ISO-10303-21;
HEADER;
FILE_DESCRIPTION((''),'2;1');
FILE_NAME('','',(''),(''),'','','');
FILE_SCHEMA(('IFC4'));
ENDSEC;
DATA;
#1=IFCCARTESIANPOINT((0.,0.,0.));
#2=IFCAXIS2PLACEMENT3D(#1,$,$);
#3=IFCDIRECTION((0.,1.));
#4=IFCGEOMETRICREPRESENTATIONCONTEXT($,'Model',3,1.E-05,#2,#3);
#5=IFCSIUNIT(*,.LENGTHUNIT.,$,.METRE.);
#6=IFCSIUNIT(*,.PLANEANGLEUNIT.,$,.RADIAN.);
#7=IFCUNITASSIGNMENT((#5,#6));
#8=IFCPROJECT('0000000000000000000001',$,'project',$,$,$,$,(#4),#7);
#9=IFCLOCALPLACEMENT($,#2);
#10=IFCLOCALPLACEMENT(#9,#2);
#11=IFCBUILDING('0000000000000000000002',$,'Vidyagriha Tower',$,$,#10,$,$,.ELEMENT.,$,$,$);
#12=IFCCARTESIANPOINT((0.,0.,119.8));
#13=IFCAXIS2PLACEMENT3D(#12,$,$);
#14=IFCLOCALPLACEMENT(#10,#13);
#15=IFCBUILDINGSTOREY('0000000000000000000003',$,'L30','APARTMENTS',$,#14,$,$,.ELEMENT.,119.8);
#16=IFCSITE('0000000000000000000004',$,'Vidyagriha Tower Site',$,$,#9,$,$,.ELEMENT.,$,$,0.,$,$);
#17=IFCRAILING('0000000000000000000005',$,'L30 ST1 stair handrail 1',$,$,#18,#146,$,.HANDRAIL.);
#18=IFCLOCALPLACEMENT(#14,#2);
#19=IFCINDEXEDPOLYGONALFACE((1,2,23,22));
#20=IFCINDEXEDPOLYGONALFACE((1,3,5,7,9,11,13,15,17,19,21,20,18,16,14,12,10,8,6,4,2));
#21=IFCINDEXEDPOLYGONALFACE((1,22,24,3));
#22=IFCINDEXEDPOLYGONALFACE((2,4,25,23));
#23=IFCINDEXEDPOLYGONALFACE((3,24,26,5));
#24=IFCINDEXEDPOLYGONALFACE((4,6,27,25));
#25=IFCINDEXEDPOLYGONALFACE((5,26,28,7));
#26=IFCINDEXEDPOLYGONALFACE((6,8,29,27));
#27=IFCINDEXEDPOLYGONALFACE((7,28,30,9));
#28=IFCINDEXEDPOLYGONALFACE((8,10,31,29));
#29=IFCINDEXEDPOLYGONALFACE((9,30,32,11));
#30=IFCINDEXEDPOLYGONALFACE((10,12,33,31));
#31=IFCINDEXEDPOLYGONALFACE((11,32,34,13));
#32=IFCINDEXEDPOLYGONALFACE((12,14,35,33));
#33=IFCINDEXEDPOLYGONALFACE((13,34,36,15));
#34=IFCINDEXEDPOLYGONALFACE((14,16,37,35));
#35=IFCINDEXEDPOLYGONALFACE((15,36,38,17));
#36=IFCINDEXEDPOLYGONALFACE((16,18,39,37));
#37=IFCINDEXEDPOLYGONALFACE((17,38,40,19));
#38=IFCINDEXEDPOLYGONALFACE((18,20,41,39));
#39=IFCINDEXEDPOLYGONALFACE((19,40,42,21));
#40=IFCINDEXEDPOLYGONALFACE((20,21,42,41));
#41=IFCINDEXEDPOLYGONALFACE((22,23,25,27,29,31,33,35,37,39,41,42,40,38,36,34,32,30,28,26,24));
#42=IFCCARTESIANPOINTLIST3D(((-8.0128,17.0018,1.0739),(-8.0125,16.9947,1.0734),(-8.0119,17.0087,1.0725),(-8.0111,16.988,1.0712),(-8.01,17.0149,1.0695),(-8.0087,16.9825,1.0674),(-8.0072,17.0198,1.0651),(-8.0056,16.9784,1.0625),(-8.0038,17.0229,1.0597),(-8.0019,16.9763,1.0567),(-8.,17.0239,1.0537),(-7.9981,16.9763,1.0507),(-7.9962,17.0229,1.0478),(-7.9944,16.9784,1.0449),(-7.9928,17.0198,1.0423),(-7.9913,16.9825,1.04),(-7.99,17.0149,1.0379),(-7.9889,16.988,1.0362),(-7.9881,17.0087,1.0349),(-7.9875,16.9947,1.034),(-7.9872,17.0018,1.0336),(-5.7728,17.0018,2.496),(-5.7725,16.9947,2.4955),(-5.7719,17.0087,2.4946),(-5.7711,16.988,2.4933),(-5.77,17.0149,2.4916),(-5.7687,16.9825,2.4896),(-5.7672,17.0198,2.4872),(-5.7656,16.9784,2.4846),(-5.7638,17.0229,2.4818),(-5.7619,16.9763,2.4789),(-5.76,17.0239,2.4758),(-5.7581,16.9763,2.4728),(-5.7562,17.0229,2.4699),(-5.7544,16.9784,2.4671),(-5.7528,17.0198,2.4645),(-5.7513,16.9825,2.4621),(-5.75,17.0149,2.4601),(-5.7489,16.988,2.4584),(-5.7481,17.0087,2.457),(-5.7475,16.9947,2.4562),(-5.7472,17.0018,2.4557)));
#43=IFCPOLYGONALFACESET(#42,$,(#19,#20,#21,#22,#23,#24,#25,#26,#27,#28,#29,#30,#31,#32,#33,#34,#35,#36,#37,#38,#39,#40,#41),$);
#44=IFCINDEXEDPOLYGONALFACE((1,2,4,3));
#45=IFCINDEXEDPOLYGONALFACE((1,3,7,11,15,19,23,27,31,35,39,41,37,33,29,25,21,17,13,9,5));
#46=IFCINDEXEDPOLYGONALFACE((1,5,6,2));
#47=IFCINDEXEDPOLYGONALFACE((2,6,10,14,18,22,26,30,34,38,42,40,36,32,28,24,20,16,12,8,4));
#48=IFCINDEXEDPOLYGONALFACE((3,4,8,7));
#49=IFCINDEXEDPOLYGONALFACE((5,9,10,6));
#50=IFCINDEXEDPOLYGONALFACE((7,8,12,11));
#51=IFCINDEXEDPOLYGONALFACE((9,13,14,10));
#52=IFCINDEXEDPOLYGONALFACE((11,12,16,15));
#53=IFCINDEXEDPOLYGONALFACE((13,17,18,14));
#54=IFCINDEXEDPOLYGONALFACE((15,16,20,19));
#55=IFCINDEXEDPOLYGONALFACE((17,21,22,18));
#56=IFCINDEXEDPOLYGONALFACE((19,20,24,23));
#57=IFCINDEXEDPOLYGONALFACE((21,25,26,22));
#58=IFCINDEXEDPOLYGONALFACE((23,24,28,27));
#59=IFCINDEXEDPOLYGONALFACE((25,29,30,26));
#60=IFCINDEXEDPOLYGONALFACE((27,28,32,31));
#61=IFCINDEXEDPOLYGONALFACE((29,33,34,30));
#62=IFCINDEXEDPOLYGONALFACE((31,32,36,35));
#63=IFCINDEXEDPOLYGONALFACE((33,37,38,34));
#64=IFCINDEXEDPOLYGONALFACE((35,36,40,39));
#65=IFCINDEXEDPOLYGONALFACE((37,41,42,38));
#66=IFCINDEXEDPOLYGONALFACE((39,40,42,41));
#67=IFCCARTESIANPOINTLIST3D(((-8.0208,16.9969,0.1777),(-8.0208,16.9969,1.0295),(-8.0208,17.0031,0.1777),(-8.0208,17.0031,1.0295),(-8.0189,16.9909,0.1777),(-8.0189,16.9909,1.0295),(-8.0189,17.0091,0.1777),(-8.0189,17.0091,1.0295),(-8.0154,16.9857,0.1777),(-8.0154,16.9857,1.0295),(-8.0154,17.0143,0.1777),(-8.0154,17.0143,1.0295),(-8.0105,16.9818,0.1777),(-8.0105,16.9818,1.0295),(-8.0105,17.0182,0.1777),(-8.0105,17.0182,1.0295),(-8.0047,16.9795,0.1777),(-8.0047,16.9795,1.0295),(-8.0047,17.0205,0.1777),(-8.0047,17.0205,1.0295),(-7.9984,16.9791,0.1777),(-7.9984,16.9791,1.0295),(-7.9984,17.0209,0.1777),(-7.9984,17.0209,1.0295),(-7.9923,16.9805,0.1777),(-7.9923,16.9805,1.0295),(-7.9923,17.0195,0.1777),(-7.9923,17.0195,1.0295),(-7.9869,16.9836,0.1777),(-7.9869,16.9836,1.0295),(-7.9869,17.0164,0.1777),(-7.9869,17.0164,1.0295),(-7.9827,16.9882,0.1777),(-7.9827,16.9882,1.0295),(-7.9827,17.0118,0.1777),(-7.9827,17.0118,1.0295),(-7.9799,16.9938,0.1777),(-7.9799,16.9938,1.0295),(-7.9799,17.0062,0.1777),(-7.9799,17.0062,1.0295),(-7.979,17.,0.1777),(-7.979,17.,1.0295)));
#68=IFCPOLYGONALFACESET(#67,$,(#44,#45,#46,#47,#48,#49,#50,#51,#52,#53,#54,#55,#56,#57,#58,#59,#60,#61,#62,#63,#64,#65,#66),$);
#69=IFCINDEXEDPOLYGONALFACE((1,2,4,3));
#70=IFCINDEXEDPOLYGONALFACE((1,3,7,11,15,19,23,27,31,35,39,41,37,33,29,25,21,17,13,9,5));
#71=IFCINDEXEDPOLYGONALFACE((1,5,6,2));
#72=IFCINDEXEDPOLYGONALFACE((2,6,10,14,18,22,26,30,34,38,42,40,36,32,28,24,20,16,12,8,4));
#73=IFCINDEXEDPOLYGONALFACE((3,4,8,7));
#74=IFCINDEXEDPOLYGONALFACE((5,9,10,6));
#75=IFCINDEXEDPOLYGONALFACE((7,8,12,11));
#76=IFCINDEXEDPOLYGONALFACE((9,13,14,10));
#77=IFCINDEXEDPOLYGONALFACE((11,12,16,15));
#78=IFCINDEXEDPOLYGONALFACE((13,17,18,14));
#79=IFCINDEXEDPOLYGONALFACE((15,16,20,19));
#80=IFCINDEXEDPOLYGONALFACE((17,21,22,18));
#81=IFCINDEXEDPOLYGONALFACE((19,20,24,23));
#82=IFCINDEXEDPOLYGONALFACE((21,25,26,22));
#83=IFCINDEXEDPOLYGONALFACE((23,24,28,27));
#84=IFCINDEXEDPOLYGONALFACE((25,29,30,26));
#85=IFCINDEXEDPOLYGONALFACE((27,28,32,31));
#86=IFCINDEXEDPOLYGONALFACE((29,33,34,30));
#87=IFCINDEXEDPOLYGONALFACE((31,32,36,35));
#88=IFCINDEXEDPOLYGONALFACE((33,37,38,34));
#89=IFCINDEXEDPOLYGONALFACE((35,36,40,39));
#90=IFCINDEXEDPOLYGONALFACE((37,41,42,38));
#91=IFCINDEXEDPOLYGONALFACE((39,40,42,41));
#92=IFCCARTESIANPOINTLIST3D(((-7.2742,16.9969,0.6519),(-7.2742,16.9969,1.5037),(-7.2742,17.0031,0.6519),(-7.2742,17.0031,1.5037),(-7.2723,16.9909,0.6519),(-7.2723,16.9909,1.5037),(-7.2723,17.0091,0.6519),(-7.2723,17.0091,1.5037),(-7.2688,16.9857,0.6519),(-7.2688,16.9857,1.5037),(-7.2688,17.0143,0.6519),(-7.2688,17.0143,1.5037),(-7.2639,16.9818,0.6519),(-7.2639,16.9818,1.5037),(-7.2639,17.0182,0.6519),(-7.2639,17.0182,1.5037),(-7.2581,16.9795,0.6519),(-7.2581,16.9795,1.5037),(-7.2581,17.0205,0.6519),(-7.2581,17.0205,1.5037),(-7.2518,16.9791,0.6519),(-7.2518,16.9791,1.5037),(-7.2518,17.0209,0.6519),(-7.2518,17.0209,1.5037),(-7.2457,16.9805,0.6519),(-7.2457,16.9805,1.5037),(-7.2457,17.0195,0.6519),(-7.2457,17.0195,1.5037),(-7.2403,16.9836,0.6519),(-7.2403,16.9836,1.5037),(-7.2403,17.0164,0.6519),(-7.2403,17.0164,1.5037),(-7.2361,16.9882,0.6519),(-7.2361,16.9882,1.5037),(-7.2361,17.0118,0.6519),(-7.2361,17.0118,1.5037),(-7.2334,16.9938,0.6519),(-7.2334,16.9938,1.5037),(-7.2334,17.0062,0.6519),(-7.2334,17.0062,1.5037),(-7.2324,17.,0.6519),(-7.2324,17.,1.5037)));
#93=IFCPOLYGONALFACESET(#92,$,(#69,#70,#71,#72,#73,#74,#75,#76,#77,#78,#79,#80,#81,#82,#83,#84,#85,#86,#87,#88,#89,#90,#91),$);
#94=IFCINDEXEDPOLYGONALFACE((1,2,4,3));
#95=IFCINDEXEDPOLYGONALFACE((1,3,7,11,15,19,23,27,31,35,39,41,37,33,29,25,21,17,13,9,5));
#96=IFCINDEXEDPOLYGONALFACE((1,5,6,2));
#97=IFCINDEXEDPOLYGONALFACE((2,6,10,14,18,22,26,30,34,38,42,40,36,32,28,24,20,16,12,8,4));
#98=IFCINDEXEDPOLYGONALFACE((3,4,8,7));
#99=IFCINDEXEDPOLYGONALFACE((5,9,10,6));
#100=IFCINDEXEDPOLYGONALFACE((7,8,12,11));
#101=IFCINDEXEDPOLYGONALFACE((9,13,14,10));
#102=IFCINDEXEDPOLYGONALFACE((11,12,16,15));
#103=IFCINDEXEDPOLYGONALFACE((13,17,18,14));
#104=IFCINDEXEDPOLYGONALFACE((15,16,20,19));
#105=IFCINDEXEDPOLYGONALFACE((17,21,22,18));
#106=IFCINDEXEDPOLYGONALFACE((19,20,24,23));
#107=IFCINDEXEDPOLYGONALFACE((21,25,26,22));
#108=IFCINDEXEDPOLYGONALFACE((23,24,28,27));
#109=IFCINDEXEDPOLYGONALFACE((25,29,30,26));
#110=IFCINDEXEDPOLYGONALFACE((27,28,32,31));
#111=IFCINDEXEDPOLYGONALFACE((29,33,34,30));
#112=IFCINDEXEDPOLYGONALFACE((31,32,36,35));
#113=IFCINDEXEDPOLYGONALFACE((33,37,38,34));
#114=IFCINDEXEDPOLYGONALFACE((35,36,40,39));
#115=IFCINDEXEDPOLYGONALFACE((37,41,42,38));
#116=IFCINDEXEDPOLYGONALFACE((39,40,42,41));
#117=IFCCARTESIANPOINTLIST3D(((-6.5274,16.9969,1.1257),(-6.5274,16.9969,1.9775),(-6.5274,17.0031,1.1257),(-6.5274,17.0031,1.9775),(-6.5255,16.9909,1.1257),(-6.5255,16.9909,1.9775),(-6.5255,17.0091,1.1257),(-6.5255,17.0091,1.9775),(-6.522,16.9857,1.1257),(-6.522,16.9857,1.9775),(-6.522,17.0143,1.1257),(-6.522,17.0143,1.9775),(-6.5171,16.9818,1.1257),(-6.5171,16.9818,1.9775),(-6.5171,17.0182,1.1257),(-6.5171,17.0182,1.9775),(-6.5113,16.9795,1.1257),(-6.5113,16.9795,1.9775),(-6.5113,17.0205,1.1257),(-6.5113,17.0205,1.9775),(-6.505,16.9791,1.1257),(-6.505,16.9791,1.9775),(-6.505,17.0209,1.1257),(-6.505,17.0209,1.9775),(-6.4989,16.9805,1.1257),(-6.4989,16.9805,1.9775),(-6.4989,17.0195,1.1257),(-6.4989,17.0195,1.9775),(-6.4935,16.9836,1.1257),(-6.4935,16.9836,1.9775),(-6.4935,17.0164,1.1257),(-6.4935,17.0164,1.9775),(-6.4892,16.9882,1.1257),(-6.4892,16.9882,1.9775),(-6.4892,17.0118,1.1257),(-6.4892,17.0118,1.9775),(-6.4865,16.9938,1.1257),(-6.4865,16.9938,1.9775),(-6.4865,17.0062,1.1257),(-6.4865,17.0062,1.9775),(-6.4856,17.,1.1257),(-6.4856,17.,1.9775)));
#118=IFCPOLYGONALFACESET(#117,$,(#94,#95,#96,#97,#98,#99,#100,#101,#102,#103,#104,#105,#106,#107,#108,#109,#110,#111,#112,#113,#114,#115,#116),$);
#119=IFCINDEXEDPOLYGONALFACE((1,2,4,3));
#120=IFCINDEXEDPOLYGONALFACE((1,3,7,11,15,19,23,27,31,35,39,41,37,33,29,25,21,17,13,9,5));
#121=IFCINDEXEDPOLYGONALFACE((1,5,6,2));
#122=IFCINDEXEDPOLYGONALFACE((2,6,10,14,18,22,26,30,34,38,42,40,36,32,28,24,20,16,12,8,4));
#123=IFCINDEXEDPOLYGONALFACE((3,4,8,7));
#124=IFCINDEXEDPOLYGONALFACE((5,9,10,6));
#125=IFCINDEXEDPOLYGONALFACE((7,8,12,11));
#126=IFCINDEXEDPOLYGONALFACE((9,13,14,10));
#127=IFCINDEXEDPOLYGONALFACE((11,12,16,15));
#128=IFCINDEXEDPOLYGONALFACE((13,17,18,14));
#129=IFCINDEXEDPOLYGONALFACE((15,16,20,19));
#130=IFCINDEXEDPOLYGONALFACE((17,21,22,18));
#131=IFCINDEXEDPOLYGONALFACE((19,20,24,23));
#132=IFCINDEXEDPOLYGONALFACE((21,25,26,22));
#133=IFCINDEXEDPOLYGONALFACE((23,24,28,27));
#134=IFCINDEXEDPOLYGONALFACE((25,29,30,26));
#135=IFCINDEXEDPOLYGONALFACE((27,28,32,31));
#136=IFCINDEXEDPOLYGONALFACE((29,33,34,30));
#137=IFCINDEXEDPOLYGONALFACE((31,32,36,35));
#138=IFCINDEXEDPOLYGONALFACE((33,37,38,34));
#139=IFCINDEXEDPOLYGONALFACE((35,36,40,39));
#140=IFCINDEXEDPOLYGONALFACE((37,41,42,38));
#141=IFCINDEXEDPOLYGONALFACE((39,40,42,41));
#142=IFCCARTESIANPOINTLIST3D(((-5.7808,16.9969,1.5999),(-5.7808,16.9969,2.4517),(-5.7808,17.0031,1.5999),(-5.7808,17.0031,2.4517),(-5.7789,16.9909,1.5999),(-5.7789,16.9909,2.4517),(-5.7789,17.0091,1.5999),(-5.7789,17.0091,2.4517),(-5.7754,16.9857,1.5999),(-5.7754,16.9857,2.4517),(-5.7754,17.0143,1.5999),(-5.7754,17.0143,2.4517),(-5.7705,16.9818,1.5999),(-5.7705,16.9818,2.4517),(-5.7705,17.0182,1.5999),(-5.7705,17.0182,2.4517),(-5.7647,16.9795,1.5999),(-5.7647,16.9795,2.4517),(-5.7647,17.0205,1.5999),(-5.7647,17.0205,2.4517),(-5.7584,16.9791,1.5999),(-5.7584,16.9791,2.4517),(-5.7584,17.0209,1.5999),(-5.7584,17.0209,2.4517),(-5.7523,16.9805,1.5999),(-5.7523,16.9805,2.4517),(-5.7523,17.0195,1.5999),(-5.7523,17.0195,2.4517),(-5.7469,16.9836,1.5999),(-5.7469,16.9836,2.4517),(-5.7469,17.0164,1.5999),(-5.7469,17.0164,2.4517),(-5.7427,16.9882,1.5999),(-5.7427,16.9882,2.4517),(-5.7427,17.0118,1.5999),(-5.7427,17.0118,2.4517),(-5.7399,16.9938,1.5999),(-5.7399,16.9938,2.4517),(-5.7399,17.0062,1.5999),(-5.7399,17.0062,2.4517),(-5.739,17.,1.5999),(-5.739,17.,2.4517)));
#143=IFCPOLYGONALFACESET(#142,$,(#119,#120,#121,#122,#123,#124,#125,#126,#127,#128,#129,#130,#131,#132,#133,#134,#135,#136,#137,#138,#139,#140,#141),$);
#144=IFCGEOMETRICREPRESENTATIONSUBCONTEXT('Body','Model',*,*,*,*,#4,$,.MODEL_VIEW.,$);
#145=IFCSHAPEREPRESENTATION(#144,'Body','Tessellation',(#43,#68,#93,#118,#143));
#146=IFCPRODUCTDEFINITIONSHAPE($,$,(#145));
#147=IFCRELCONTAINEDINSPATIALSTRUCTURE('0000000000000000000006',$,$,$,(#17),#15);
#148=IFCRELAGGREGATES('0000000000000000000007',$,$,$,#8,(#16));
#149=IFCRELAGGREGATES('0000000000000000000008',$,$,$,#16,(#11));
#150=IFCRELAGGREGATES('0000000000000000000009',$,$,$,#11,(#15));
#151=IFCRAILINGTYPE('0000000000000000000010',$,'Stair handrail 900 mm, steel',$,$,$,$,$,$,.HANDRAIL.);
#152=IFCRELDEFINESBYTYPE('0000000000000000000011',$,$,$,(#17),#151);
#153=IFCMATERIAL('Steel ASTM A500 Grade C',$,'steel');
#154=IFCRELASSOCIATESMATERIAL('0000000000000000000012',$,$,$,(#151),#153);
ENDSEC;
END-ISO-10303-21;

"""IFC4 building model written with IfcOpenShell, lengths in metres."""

from ifc_helpers import new_model, si_unit, direction, frame, origin, origin_2d, place, context, subcontext, project, spatial, circle, extrude, material, type_object, element, save


model = new_model("IFC4")

# Units and contexts
model_context = context("Model", 3, precision=1e-05, world=origin(), true_north=direction((0.0, 1.0)))
body_context = subcontext(model_context, "Body", "Model", "MODEL_VIEW")
ifc_project = project(units=[si_unit("LENGTHUNIT", "METRE"), si_unit("PLANEANGLEUNIT", "RADIAN")], contexts=[model_context])

# Site, building, storey
site_placement = place(None, origin())
site = spatial("IfcSite", under=ifc_project, at=site_placement, Name="Vidyagriha Tower Site", CompositionType="ELEMENT", RefElevation=0.0)
building_placement = place(site_placement, origin())
building = spatial("IfcBuilding", under=site, at=building_placement, Name="Vidyagriha Tower", CompositionType="ELEMENT")
storey_placement = place(building_placement, frame((0.0, 0.0, 119.8)))
storey = spatial("IfcBuildingStorey", under=building, at=storey_placement, Name="L30", Description="APARTMENTS", CompositionType="ELEMENT", Elevation=119.8)

# Railing
ifc_material_1 = material(Name="Steel ASTM A500 Grade C", Category="steel")
railing_type_1 = type_object("IfcRailingType", Name="Stair handrail 900 mm, steel", PredefinedType="HANDRAIL", material=ifc_material_1)
railing_1_placement = place(storey_placement, frame((-8.0, 17.0, 0.1777)))
element("IfcRailing", 1, at=railing_1_placement, inside=storey, type_object=railing_type_1, Name="L30 ST1 stair handrail 1", PredefinedType="HANDRAIL", context=body_context, shape_type="SweptSolid", body=[
    extrude(circle(Radius=0.0239, at=origin_2d()), frame((0.0, 0.0, 0.876), z_axis=(0.844229, 0.0, 0.535982), x_axis=(0.0, 1.0, 0.0)), (0.0, 0.0, 1.0), 2.6533),
    extrude(circle(Radius=0.021, at=origin_2d()), origin(), (0.0, 0.0, 1.0), 0.8518),
    extrude(circle(Radius=0.021, at=origin_2d()), frame((0.7466, 0.0, 0.4741)), (0.0, 0.0, 1.0), 0.8518),
    extrude(circle(Radius=0.021, at=origin_2d()), frame((1.4934, 0.0, 0.948)), (0.0, 0.0, 1.0), 0.8518),
    extrude(circle(Radius=0.021, at=origin_2d()), frame((2.24, 0.0, 1.4221)), (0.0, 0.0, 1.0), 0.8518),
])

save(model, "model.ifc")
